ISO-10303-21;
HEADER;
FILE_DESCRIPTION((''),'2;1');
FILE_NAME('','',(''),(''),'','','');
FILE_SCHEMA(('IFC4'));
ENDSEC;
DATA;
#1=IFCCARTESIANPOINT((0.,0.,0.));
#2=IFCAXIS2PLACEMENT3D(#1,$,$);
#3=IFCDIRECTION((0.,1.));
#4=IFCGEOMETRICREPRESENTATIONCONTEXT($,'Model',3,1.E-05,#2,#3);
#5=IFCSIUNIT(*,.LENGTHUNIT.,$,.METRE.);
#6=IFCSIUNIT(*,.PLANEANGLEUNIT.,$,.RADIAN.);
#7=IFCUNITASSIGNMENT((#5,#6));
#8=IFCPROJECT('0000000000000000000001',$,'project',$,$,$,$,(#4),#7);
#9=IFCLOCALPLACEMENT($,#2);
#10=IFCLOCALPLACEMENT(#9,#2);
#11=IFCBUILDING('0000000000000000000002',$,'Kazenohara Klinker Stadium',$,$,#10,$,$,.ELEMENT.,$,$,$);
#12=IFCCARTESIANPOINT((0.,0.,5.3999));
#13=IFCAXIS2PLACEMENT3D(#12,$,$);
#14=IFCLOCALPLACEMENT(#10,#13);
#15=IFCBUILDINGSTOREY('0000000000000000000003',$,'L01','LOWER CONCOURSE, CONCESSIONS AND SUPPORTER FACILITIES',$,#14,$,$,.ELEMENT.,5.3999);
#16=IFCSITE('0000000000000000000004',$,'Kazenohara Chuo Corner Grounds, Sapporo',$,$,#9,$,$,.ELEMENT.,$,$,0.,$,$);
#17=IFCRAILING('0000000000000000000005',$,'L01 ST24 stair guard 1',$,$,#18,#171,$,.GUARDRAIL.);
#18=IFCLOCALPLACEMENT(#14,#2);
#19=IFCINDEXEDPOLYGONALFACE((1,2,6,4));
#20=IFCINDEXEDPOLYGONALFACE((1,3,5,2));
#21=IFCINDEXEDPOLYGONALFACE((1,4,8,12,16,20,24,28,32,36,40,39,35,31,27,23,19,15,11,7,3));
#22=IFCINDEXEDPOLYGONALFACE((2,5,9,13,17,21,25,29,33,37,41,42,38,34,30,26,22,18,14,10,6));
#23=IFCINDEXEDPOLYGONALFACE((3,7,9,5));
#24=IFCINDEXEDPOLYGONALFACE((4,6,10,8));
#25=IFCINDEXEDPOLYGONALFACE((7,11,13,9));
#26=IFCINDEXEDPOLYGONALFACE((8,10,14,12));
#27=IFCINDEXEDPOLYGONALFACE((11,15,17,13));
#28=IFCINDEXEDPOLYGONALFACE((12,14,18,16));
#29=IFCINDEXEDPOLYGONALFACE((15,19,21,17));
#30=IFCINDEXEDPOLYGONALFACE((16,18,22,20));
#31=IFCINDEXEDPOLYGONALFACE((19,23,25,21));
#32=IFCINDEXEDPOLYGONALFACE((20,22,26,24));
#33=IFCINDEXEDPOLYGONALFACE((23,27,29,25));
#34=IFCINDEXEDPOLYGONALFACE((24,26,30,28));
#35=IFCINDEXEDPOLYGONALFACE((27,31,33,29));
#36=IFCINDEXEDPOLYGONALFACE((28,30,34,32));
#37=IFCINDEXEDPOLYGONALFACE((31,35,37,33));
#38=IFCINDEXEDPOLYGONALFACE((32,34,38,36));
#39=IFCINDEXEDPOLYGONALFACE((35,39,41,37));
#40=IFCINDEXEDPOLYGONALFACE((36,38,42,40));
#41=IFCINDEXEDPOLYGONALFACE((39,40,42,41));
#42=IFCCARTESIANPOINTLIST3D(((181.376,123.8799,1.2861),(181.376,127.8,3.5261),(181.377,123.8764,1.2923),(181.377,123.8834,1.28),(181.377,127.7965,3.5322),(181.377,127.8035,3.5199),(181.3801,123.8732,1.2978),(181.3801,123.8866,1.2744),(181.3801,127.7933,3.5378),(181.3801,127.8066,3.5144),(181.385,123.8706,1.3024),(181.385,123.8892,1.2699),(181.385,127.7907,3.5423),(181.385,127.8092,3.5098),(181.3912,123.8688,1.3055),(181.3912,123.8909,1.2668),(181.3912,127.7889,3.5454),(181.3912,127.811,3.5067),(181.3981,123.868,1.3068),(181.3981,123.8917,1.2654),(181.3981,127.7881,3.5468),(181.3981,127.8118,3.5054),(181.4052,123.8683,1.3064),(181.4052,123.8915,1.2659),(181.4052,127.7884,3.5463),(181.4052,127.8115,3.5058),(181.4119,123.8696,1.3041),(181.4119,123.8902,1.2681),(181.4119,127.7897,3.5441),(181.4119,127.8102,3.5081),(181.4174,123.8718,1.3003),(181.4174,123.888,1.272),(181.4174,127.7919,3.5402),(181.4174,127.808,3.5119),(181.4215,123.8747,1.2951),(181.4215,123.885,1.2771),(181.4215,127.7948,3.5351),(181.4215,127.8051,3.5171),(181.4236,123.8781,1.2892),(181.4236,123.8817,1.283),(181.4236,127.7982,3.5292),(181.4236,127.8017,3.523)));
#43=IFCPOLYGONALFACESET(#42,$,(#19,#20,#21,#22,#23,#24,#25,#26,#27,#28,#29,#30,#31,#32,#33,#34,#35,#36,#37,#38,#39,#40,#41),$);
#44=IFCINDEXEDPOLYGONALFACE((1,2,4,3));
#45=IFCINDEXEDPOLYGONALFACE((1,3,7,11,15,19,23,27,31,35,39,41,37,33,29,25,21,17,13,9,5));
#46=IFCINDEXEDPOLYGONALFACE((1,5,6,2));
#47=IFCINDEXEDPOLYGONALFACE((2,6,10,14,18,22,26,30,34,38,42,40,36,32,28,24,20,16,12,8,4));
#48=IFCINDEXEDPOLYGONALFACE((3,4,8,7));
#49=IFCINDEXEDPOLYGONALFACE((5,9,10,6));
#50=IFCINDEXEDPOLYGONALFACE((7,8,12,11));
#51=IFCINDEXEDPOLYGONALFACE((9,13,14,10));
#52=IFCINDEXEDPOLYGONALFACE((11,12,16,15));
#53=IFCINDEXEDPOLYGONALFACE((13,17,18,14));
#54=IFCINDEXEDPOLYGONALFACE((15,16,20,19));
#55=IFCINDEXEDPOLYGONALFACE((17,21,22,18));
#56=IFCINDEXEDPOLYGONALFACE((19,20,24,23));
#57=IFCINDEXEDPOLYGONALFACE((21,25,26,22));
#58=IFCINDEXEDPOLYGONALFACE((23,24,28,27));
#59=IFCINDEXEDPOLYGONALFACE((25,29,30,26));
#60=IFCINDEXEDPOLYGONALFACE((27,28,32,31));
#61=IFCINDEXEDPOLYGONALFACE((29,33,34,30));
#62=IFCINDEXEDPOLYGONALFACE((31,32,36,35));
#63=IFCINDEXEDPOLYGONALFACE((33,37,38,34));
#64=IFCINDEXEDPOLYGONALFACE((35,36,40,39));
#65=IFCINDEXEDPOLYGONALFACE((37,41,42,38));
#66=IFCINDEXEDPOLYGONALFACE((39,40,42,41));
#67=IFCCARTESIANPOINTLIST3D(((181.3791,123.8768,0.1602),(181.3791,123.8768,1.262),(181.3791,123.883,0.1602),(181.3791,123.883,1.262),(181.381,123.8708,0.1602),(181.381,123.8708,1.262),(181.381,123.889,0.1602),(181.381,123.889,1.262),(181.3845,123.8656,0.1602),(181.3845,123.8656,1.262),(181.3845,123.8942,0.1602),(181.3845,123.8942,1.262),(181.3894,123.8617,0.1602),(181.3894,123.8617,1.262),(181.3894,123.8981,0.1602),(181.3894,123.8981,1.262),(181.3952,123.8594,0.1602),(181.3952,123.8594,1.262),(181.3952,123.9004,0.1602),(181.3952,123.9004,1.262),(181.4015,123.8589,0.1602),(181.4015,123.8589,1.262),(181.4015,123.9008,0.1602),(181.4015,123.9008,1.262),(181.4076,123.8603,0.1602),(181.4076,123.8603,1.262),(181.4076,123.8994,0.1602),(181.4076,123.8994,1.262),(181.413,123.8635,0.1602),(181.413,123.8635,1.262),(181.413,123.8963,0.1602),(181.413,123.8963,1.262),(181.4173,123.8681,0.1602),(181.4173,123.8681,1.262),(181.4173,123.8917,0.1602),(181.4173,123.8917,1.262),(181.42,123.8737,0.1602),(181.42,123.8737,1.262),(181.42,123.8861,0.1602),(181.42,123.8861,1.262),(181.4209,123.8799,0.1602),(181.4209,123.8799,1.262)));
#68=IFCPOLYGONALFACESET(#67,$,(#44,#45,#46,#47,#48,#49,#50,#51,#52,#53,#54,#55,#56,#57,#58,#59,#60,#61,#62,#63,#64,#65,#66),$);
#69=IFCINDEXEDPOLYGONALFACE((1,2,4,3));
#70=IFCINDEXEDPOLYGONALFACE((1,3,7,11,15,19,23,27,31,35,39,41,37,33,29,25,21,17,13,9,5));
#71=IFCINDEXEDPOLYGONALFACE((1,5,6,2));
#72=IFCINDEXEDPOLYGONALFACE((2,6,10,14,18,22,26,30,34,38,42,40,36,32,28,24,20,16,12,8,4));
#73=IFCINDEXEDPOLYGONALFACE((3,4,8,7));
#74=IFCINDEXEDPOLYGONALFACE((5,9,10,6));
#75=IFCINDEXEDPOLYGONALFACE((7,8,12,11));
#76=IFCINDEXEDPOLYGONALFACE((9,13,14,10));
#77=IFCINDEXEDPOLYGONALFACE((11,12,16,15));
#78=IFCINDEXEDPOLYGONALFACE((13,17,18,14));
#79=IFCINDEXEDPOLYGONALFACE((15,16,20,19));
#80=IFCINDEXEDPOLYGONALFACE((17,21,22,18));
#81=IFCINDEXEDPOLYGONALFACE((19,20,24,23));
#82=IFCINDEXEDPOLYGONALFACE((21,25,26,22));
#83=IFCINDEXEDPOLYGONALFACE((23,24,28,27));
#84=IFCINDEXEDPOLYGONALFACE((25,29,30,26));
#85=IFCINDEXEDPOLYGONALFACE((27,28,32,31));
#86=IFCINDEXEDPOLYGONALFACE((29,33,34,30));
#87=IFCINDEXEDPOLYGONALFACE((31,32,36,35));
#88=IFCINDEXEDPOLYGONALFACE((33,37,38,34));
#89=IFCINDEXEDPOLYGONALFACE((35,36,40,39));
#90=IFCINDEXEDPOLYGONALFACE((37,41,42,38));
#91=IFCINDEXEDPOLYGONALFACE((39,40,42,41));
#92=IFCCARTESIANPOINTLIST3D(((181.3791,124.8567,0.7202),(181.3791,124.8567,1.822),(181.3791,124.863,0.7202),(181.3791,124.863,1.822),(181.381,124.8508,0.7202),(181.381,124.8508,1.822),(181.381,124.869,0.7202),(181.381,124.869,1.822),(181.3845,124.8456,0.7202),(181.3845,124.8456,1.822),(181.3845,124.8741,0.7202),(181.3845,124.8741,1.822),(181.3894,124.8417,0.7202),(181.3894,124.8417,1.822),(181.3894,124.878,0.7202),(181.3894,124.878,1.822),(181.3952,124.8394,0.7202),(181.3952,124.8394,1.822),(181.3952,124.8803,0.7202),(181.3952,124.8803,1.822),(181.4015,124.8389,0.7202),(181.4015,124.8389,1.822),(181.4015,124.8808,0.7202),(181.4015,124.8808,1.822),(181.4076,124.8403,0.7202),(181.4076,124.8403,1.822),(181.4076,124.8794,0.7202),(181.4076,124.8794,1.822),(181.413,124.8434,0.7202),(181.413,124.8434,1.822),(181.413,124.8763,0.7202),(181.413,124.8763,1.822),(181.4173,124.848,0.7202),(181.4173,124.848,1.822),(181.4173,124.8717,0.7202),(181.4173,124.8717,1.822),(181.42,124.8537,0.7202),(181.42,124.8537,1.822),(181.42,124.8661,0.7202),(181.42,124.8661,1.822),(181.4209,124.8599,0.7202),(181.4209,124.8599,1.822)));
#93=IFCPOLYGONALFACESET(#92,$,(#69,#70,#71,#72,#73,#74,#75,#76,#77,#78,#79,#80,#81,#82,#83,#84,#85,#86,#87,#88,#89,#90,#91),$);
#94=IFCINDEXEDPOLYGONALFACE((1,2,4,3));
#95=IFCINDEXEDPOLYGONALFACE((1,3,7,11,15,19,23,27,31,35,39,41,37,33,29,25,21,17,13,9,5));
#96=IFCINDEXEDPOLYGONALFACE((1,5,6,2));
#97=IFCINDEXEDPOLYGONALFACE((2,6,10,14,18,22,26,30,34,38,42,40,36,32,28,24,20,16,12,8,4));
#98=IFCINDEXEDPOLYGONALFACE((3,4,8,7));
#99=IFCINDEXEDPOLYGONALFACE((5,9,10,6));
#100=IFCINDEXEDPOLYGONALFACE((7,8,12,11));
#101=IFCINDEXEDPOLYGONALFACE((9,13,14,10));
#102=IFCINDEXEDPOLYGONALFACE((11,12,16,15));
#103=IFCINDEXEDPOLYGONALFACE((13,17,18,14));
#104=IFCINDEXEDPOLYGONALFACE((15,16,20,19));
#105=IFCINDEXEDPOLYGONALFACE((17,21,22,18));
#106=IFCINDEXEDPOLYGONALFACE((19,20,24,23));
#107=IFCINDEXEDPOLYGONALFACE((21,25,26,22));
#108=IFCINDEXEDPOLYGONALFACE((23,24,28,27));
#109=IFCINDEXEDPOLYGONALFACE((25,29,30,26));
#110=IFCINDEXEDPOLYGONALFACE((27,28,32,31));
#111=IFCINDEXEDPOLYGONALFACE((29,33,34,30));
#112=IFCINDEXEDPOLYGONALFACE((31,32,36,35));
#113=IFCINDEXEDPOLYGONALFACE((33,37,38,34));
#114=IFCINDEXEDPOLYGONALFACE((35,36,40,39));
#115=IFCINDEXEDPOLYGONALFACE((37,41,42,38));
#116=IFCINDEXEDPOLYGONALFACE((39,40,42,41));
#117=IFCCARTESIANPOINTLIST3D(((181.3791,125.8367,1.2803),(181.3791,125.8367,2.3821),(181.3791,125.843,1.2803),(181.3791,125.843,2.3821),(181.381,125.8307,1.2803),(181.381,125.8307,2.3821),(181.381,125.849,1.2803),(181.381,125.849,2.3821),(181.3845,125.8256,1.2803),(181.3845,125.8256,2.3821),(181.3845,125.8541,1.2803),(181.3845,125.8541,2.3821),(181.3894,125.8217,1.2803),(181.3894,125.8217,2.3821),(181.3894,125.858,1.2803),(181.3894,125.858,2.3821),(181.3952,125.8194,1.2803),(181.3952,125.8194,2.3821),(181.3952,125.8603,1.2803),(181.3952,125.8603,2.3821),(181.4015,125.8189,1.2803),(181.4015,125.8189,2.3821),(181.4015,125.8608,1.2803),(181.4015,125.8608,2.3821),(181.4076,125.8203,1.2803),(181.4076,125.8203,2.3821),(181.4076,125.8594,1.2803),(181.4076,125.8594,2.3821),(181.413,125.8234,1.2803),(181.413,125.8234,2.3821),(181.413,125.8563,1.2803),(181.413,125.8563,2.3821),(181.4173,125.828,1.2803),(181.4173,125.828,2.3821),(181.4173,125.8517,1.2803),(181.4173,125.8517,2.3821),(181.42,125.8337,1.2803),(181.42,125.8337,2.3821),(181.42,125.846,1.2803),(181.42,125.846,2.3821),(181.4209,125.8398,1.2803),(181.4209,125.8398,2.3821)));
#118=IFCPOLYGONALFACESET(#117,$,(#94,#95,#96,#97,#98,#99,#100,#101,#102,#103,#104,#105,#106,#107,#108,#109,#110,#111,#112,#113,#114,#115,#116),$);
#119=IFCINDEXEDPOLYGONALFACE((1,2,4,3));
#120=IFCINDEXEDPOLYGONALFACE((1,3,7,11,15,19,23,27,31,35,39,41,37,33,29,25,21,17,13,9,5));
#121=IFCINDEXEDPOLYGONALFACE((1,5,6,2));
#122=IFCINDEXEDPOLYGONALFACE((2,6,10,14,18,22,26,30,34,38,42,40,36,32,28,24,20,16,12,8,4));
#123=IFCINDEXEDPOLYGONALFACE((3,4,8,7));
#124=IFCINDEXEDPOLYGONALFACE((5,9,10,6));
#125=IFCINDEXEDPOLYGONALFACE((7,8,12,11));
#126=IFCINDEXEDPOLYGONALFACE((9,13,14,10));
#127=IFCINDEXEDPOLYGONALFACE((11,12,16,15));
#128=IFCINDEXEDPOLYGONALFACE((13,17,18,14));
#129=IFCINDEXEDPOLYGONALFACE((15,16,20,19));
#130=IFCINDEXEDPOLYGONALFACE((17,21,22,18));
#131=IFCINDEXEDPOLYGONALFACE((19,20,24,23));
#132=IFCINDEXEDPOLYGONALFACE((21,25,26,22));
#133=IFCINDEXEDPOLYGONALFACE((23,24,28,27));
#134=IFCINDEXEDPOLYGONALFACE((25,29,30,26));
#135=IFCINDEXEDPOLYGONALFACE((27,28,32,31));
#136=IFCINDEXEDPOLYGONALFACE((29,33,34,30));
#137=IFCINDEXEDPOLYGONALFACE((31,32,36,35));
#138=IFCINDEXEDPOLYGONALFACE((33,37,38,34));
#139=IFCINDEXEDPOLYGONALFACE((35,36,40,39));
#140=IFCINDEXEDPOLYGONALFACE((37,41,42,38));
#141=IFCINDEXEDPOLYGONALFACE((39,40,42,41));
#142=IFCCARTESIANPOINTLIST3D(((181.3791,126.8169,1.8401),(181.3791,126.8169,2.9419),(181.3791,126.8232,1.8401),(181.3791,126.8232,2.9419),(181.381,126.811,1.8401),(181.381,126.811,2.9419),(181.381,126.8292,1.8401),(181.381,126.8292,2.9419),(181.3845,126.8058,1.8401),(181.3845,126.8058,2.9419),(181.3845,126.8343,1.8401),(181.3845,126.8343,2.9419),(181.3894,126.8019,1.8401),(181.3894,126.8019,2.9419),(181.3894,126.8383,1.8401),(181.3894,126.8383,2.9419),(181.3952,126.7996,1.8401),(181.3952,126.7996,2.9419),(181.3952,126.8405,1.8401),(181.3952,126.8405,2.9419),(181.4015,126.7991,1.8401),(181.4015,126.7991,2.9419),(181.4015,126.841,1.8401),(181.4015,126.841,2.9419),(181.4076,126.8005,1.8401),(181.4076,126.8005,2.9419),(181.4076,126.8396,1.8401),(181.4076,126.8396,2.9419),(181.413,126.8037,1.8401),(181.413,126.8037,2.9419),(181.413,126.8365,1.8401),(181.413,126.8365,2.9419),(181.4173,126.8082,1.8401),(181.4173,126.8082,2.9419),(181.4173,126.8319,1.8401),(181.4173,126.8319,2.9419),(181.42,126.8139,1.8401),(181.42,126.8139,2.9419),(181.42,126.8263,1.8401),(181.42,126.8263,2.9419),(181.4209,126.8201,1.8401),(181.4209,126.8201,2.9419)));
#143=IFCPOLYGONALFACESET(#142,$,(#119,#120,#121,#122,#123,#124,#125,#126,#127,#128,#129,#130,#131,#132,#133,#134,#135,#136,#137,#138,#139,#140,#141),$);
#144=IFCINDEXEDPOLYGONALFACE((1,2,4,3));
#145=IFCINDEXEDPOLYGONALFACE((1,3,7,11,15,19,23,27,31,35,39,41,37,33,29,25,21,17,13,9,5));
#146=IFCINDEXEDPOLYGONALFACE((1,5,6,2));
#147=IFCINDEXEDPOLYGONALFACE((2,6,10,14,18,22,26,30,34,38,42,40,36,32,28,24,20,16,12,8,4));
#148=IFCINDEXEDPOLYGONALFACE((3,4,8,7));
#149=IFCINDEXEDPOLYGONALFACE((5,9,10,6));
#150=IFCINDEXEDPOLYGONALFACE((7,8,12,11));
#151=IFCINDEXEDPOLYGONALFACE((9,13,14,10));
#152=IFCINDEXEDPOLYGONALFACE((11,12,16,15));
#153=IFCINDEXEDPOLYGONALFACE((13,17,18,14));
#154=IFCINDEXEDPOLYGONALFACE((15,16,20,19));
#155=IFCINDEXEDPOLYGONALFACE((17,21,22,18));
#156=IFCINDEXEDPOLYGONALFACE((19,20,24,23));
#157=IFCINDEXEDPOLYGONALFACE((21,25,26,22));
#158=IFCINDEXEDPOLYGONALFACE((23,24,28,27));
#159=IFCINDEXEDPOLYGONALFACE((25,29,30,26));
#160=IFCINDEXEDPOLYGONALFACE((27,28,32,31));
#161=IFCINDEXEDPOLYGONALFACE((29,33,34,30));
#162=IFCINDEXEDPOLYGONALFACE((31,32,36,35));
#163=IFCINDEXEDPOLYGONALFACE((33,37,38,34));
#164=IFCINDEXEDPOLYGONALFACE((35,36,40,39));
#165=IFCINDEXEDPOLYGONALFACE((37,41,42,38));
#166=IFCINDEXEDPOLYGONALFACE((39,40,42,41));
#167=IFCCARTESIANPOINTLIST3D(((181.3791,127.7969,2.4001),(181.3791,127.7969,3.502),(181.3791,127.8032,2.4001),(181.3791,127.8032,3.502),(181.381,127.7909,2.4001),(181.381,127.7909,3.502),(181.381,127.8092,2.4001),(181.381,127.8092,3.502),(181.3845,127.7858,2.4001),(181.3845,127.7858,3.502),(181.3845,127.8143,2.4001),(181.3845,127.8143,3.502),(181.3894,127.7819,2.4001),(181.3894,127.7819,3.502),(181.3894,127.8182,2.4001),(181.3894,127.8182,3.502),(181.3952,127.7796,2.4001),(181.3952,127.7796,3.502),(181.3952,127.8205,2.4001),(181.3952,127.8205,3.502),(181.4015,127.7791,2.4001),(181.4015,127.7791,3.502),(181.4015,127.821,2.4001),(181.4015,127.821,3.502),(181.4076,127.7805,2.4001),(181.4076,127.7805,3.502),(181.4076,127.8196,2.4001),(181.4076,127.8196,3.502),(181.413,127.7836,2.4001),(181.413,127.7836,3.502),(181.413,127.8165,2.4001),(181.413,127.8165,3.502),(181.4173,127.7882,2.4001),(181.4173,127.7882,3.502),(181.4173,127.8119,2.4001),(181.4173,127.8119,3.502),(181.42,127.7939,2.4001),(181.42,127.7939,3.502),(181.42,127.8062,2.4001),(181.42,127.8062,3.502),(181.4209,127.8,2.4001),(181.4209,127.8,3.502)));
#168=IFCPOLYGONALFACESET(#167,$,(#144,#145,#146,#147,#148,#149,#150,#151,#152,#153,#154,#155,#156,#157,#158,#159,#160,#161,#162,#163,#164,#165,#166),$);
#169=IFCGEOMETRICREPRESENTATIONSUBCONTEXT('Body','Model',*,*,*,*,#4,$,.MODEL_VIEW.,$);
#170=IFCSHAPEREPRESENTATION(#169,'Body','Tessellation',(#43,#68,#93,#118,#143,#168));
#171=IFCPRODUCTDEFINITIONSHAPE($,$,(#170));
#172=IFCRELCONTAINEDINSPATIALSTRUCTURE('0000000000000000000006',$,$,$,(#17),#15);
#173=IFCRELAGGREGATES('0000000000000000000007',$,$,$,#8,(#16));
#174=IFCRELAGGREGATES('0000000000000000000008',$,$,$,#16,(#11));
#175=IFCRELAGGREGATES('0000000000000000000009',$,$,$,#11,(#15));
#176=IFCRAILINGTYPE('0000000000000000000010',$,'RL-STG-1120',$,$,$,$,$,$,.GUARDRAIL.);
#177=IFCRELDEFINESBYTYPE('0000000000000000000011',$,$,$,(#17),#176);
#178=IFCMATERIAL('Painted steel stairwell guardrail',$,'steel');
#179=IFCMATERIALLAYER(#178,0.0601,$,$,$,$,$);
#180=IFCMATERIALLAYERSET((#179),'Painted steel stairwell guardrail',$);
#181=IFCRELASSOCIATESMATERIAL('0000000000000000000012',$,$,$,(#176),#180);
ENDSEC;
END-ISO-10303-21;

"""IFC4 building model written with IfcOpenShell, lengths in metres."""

from ifc_helpers import new_model, si_unit, direction, frame, origin, origin_2d, place, context, subcontext, project, spatial, circle, extrude, material, layer, layer_set, type_object, element, save


model = new_model("IFC4")

# Units and contexts
model_context = context("Model", 3, precision=1e-05, world=origin(), true_north=direction((0.0, 1.0)))
body_context = subcontext(model_context, "Body", "Model", "MODEL_VIEW")
ifc_project = project(units=[si_unit("LENGTHUNIT", "METRE"), si_unit("PLANEANGLEUNIT", "RADIAN")], contexts=[model_context])

# Site, building, storey
site_placement = place(None, origin())
site = spatial("IfcSite", under=ifc_project, at=site_placement, Name="Kazenohara Chuo Corner Grounds, Sapporo", CompositionType="ELEMENT", RefElevation=0.0)
building_placement = place(site_placement, origin())
building = spatial("IfcBuilding", under=site, at=building_placement, Name="Kazenohara Klinker Stadium", CompositionType="ELEMENT")
storey_placement = place(building_placement, frame((0.0, 0.0, 5.3999)))
storey = spatial("IfcBuildingStorey", under=building, at=storey_placement, Name="L01", Description="LOWER CONCOURSE, CONCESSIONS AND SUPPORTER FACILITIES", CompositionType="ELEMENT", Elevation=5.3999)

# Railing
ifc_material_1 = material(Name="Painted steel stairwell guardrail", Category="steel")
ifc_layer_1 = layer(ifc_material_1, 0.0601)
ifc_layer_set_1 = layer_set([ifc_layer_1], Name="Painted steel stairwell guardrail")
railing_type_1 = type_object("IfcRailingType", Name="RL-STG-1120", PredefinedType="GUARDRAIL", material=ifc_layer_set_1)
railing_1_placement = place(storey_placement, frame((181.3999, 123.8799, 0.1602)))
element("IfcRailing", 1, at=railing_1_placement, inside=storey, type_object=railing_type_1, Name="L01 ST24 stair guard 1", PredefinedType="GUARDRAIL", context=body_context, shape_type="SweptSolid", body=[
    extrude(circle(Radius=0.0239, at=origin_2d()), frame((0.0, 0.0, 1.126), z_axis=(0.0, 0.868253, 0.496121), x_axis=(-1.0, 0.0, 0.0)), (0.0, 0.0, 1.0), 4.5149),
    extrude(circle(Radius=0.021, at=origin_2d()), origin(), (0.0, 0.0, 1.0), 1.1018),
    extrude(circle(Radius=0.021, at=origin_2d()), frame((0.0, 0.98, 0.5601)), (0.0, 0.0, 1.0), 1.1018),
    extrude(circle(Radius=0.021, at=origin_2d()), frame((0.0, 1.96, 1.1201)), (0.0, 0.0, 1.0), 1.1018),
    extrude(circle(Radius=0.021, at=origin_2d()), frame((0.0, 2.9402, 1.6799)), (0.0, 0.0, 1.0), 1.1018),
    extrude(circle(Radius=0.021, at=origin_2d()), frame((0.0, 3.9202, 2.24)), (0.0, 0.0, 1.0), 1.1018),
])

save(model, "model.ifc")
